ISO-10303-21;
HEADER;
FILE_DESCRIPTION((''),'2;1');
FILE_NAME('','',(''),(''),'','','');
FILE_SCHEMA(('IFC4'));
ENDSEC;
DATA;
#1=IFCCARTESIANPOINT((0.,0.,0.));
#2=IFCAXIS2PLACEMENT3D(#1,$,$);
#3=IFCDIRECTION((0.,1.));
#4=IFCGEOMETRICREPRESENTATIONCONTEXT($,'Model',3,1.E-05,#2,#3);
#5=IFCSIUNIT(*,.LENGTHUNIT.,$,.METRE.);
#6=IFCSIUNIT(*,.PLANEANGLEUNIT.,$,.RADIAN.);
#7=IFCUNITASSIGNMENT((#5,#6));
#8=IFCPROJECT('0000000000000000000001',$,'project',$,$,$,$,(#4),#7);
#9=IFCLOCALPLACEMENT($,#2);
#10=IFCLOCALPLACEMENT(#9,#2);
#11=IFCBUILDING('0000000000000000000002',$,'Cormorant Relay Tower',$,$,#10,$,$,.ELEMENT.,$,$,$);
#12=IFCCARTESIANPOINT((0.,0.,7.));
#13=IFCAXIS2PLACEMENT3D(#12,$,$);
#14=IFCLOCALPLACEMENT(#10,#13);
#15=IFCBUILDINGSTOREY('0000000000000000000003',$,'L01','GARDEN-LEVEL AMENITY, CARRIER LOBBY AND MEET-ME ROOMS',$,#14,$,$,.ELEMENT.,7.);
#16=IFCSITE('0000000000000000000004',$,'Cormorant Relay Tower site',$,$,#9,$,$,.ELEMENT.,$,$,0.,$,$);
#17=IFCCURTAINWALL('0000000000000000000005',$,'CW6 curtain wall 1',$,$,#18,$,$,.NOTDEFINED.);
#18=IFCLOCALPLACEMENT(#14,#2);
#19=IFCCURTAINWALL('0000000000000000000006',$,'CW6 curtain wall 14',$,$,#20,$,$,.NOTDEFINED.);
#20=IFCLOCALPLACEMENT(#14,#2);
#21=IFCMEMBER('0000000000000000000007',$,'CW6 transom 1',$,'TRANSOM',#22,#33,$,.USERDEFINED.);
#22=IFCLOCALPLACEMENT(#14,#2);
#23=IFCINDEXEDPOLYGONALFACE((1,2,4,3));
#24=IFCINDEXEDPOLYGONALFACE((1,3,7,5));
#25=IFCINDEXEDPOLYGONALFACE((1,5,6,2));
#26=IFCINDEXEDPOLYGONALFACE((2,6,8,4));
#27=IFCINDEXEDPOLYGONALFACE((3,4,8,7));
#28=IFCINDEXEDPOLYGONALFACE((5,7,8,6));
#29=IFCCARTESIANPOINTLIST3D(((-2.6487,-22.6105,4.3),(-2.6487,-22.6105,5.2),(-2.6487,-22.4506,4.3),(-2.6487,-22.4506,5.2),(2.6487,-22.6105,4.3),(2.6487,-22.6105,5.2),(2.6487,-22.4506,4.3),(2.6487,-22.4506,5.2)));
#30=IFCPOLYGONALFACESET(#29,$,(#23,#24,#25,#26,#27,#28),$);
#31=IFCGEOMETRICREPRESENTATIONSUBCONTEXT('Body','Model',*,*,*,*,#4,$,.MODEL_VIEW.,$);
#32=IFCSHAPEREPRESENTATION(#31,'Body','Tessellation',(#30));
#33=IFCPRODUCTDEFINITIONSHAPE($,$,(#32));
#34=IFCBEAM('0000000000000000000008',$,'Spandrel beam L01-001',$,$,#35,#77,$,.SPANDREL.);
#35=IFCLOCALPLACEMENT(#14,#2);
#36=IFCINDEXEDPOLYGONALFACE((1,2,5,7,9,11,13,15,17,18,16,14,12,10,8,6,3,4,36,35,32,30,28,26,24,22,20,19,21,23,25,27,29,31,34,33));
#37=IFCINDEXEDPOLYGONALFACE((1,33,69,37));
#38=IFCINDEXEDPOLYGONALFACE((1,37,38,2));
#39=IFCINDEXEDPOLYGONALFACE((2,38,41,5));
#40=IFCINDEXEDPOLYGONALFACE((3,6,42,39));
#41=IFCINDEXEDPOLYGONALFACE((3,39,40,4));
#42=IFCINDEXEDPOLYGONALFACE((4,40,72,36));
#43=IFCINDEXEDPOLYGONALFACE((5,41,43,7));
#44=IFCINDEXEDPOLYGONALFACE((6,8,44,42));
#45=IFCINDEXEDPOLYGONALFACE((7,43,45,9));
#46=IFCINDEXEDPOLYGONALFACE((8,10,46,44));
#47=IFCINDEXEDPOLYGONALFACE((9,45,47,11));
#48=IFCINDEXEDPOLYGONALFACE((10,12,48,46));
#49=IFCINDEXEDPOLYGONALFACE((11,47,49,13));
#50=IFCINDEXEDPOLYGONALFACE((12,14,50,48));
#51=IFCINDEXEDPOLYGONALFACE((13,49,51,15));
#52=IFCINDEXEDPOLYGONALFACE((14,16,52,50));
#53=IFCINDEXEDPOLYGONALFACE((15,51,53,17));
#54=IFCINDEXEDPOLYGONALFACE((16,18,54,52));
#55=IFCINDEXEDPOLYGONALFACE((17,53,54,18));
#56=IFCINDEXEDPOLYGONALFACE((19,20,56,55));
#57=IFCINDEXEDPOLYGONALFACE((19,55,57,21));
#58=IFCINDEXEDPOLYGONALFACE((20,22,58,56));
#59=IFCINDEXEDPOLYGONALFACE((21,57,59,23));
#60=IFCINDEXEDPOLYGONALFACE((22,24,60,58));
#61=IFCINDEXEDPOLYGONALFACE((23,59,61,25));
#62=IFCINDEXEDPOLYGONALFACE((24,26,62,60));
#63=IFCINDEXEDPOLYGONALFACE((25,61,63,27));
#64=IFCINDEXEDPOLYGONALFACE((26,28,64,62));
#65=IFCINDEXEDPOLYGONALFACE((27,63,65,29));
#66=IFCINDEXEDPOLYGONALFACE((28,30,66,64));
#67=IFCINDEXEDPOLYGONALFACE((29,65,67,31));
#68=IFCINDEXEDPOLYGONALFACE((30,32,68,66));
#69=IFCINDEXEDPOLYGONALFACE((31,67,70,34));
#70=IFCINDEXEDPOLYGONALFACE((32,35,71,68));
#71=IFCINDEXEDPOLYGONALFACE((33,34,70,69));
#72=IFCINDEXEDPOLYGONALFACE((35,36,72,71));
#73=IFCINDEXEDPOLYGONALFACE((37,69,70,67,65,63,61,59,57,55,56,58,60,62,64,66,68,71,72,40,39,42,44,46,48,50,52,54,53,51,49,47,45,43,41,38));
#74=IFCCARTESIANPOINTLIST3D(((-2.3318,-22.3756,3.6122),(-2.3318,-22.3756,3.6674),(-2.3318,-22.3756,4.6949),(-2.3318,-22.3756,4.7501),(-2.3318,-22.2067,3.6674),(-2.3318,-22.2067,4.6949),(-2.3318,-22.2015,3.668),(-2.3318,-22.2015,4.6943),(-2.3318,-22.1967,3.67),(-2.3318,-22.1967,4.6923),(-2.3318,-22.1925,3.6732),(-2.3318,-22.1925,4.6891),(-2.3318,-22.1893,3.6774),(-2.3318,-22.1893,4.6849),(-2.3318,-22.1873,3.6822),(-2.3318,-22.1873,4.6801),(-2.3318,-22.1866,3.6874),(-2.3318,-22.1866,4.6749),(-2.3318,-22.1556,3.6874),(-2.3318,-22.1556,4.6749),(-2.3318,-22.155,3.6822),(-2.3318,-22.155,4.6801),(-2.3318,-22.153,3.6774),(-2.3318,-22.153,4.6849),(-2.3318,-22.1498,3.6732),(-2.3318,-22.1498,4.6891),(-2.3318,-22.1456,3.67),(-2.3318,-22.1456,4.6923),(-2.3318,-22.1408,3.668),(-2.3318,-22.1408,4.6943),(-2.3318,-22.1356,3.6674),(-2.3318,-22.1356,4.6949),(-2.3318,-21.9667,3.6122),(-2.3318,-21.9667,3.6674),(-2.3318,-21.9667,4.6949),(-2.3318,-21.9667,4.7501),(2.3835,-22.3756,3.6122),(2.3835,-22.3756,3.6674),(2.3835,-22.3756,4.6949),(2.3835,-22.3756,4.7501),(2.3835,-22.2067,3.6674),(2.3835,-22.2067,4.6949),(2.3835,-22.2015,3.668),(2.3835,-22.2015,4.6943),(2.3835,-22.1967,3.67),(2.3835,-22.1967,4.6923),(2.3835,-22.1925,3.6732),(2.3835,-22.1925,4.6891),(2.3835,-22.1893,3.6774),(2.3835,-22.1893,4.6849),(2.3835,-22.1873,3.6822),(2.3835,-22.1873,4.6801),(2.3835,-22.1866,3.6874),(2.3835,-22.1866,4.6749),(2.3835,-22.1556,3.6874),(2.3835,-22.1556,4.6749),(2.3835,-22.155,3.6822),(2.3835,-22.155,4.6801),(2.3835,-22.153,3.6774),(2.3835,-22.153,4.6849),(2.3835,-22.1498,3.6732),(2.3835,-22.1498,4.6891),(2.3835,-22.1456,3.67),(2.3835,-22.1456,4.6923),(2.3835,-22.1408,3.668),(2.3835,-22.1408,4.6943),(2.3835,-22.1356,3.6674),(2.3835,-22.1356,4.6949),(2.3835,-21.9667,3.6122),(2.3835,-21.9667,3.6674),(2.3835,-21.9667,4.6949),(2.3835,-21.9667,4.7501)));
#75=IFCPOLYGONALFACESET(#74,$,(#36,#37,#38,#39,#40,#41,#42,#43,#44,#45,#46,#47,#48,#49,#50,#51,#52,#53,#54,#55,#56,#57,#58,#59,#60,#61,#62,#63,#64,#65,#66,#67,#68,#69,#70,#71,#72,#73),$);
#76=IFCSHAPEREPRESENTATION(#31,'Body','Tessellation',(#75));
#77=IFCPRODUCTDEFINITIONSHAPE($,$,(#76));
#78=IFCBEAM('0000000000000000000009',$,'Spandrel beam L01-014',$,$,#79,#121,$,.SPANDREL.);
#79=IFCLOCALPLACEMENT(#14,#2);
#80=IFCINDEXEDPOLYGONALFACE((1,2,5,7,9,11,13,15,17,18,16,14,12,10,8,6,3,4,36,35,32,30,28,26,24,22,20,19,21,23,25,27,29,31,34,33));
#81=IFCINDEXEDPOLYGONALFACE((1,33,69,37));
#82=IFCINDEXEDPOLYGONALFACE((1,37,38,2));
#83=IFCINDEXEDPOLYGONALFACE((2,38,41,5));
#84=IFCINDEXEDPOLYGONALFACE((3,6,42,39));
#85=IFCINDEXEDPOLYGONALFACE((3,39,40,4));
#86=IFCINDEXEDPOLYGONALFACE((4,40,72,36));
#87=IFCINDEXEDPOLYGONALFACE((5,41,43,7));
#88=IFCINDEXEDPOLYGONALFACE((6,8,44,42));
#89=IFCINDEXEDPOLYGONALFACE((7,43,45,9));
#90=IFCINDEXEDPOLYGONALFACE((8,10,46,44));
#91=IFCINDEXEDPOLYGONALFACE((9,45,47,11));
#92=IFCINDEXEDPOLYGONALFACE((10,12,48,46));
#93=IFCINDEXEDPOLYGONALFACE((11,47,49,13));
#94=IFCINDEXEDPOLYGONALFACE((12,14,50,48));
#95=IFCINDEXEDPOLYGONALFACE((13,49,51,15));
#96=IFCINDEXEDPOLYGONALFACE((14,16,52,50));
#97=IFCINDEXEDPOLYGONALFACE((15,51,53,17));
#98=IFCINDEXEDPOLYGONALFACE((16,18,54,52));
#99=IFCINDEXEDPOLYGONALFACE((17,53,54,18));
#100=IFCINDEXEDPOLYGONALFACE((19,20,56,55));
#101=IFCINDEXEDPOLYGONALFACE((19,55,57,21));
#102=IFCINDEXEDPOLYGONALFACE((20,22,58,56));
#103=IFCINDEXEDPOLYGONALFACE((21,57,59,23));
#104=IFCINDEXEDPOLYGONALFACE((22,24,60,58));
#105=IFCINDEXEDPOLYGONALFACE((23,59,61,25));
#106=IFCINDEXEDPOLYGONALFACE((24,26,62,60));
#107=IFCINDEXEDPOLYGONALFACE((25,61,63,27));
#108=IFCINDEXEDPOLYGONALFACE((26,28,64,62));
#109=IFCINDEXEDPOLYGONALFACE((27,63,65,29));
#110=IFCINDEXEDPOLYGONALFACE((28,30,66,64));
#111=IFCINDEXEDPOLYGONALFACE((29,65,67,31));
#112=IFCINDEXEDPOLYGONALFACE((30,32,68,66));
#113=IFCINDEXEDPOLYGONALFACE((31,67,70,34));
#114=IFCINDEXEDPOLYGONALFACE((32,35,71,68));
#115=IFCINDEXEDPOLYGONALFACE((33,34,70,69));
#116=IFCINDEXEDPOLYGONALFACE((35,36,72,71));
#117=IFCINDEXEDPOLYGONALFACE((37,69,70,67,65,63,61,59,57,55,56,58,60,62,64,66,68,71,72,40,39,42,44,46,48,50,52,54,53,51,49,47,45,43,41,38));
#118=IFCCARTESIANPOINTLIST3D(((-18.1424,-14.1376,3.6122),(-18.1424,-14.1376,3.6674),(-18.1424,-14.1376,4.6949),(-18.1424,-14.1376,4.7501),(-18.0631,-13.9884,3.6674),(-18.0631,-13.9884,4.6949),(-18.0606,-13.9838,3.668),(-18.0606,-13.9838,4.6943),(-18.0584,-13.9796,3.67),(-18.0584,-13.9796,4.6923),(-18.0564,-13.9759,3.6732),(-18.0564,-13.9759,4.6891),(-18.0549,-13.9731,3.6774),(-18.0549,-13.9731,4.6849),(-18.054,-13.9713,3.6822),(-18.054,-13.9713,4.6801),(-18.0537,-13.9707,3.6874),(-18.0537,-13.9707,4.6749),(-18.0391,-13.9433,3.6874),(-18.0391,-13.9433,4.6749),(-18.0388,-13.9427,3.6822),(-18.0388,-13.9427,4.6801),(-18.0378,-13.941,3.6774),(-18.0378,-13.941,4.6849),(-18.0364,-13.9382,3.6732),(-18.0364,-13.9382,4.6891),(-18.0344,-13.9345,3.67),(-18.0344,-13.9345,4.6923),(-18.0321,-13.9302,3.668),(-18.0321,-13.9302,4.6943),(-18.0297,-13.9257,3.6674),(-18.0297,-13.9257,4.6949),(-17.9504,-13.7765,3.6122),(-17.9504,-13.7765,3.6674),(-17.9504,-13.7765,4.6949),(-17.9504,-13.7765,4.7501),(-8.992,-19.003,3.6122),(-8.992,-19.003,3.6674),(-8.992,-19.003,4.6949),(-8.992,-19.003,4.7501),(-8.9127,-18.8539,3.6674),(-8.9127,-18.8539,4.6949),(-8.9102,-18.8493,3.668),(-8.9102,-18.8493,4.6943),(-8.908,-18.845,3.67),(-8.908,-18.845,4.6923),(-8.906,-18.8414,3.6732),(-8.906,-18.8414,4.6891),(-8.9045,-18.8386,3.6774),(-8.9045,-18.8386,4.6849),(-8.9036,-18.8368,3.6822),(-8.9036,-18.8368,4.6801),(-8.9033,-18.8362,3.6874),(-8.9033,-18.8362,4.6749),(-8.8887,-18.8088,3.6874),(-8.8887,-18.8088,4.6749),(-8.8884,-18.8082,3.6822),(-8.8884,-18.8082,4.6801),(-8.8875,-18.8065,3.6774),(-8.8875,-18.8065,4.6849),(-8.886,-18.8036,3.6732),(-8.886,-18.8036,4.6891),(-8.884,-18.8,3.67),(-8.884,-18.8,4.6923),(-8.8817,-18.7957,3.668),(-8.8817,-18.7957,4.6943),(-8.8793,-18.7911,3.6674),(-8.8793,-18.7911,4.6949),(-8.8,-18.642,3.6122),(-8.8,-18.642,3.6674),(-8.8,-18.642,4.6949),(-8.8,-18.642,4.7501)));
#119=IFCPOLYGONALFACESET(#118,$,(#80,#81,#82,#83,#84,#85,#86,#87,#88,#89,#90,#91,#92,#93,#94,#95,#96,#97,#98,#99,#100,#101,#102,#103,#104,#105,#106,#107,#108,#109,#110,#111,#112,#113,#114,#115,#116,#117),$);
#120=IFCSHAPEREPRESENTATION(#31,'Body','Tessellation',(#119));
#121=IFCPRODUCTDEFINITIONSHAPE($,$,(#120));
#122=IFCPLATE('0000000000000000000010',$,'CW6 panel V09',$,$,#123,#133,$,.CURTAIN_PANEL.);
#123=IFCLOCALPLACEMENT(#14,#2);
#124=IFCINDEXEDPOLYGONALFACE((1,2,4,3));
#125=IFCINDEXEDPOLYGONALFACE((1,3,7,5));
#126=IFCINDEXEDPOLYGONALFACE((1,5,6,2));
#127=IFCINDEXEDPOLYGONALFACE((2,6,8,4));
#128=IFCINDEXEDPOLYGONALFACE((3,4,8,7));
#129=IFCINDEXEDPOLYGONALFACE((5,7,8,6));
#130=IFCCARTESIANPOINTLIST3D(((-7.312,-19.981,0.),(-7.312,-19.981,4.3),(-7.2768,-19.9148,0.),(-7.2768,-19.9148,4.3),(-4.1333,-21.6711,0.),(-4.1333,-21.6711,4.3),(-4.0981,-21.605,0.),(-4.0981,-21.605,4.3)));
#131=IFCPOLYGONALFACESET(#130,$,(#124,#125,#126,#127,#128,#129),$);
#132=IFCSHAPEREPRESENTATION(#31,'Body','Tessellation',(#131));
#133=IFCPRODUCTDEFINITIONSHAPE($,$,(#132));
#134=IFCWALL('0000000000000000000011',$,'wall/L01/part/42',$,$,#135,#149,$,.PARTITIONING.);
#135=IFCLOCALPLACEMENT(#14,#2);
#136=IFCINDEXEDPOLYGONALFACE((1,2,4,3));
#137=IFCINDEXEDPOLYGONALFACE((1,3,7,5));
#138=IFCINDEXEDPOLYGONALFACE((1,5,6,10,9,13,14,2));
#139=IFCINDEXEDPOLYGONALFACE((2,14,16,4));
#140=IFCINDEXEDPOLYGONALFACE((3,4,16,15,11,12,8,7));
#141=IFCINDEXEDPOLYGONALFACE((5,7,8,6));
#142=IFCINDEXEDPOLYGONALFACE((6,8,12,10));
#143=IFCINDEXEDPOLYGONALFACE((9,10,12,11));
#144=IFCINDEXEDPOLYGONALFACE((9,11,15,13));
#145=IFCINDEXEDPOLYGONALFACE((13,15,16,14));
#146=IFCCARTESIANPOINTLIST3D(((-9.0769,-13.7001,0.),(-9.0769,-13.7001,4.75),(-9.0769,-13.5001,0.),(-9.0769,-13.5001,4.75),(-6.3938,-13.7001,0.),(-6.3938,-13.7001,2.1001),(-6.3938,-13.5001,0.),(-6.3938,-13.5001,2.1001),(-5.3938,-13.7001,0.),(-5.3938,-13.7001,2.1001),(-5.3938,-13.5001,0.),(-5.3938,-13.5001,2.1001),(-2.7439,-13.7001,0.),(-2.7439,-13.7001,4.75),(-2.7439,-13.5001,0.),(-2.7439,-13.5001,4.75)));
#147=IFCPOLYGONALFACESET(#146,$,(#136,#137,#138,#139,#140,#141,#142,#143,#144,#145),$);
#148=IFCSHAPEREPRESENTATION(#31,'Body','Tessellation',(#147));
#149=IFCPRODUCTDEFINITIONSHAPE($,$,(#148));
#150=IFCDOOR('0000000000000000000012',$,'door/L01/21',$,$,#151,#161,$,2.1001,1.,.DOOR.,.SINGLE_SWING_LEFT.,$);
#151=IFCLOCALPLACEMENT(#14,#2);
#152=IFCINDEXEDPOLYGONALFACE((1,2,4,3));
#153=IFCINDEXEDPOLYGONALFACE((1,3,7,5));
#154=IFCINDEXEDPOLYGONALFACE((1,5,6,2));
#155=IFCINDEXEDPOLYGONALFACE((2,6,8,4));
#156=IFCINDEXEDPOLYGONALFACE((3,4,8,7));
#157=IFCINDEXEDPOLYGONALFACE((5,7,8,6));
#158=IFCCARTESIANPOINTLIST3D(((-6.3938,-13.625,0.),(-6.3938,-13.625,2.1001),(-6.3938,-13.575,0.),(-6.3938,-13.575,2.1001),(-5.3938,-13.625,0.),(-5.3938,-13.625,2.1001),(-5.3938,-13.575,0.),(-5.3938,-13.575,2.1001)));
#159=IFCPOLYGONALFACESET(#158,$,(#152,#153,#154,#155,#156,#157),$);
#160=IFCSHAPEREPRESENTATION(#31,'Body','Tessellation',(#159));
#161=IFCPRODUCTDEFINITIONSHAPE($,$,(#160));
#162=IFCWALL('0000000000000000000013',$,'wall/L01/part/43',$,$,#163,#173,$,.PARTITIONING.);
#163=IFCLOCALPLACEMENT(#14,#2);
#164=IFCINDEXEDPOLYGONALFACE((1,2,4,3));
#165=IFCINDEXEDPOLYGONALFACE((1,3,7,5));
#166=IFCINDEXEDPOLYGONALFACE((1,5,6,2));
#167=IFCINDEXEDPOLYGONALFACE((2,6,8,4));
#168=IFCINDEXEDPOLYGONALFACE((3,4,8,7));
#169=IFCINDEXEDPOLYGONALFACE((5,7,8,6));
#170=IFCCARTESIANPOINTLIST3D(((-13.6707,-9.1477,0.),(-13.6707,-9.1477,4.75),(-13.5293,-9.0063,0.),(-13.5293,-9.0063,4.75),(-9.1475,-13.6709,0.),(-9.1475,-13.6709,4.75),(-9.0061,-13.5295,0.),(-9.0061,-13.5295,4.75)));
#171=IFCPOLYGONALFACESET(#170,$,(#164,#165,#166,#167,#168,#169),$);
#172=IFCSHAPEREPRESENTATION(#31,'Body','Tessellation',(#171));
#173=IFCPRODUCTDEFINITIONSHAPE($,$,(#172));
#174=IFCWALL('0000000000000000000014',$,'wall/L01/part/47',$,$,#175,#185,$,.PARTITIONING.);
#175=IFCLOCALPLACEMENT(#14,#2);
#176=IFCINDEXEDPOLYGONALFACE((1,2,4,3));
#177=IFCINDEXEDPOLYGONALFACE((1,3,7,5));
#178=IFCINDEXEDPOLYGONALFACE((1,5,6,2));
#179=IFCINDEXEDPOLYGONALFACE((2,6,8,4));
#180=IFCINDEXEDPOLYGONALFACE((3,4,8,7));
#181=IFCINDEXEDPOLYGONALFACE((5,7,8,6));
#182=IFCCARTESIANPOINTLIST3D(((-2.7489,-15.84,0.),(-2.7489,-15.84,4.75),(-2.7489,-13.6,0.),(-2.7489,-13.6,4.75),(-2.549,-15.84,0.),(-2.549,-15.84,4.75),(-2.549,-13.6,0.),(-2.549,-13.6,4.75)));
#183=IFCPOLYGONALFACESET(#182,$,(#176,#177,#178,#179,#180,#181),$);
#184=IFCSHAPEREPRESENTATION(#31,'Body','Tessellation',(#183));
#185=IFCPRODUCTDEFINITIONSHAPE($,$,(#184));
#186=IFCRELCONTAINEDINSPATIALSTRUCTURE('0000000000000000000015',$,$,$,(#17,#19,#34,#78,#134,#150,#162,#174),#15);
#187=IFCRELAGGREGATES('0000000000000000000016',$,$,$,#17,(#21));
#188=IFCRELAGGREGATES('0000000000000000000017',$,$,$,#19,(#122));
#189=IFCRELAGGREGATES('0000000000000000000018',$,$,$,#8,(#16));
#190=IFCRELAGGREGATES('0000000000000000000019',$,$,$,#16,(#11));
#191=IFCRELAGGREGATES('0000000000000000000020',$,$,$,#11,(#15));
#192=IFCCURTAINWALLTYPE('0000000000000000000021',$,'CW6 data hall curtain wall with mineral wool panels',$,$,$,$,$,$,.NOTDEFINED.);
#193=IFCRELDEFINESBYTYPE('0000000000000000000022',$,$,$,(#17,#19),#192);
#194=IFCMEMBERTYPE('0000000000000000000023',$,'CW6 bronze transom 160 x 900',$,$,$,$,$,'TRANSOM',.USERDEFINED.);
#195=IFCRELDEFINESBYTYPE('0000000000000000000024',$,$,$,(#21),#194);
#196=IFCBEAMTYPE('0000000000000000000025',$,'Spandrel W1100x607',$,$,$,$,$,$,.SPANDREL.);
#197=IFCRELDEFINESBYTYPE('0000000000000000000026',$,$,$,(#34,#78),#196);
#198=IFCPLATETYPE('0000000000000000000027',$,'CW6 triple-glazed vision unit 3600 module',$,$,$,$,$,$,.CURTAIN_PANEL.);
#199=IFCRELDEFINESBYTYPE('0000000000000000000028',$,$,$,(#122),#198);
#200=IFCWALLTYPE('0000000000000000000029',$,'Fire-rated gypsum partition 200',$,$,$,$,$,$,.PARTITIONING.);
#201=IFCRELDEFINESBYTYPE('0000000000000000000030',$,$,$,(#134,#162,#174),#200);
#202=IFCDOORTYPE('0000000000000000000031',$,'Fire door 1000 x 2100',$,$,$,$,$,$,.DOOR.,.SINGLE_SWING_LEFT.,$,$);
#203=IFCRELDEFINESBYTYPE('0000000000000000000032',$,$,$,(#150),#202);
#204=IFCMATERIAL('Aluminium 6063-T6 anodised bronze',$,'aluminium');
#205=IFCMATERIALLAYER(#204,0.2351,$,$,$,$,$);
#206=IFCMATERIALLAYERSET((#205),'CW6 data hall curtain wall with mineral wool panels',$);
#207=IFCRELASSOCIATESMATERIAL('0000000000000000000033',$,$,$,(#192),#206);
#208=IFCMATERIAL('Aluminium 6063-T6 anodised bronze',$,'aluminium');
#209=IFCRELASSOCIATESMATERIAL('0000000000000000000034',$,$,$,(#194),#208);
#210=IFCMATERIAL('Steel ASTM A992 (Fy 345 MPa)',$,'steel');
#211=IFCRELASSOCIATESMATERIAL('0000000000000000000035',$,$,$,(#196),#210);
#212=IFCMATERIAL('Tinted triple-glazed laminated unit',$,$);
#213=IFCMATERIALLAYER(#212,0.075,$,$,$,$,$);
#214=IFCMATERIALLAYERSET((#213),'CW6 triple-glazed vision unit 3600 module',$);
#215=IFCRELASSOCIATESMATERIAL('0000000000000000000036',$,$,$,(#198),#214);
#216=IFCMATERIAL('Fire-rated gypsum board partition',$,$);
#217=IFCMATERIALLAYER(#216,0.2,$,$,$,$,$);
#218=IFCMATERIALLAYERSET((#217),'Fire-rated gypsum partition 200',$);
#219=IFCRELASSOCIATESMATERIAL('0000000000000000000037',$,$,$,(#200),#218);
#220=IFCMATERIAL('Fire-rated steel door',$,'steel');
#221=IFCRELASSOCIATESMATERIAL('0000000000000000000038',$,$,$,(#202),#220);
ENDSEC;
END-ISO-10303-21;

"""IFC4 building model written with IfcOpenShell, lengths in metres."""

from ifc_helpers import new_model, si_unit, direction, frame, frame_2d, origin, origin_2d, place, context, subcontext, project, spatial, rectangle, i_section, extrude, material, layer, layer_set, material_profile, profile_set, type_object, element, fill, aggregate, save


model = new_model("IFC4")

# Units and contexts
model_context = context("Model", 3, precision=1e-05, world=origin(), true_north=direction((0.0, 1.0)))
body_context = subcontext(model_context, "Body", "Model", "MODEL_VIEW")
ifc_project = project(units=[si_unit("LENGTHUNIT", "METRE"), si_unit("PLANEANGLEUNIT", "RADIAN")], contexts=[model_context])

# Site, building, storey
site_placement = place(None, origin())
site = spatial("IfcSite", under=ifc_project, at=site_placement, Name="Cormorant Relay Tower site", CompositionType="ELEMENT", RefElevation=0.0)
building_placement = place(site_placement, origin())
building = spatial("IfcBuilding", under=site, at=building_placement, Name="Cormorant Relay Tower", CompositionType="ELEMENT")
storey_placement = place(building_placement, frame((0.0, 0.0, 7.0)))
storey = spatial("IfcBuildingStorey", under=building, at=storey_placement, Name="L01", Description="GARDEN-LEVEL AMENITY, CARRIER LOBBY AND MEET-ME ROOMS", CompositionType="ELEMENT", Elevation=7.0)

# Curtain wall
ifc_material_1 = material(Name="Aluminium 6063-T6 anodised bronze", Category="aluminium")
ifc_layer_1 = layer(ifc_material_1, 0.2351)
ifc_layer_set_1 = layer_set([ifc_layer_1], Name="CW6 data hall curtain wall with mineral wool panels")
curtain_wall_type = type_object("IfcCurtainWallType", Name="CW6 data hall curtain wall with mineral wool panels", PredefinedType="NOTDEFINED", material=ifc_layer_set_1)
curtain_wall_1_placement = place(storey_placement, origin())
curtain_wall_1 = element("IfcCurtainWall", 1, at=curtain_wall_1_placement, inside=storey, type_object=curtain_wall_type, Name="CW6 curtain wall 1", PredefinedType="NOTDEFINED")

# Curtain wall
curtain_wall_2_placement = place(storey_placement, origin())
curtain_wall_2 = element("IfcCurtainWall", 2, at=curtain_wall_2_placement, inside=storey, type_object=curtain_wall_type, Name="CW6 curtain wall 14", PredefinedType="NOTDEFINED")

# Member
ifc_material_2 = material(Name="Aluminium 6063-T6 anodised bronze", Category="aluminium")
ifc_material_profile_1 = material_profile(ifc_material_2, rectangle(XDim=0.1599, YDim=0.8999, at=origin_2d()), Name="AL 160x900")
ifc_profile_set_1 = profile_set([ifc_material_profile_1], Name="Aluminium 6063-T6 anodised bronze")
member_type_1 = type_object("IfcMemberType", Name="CW6 bronze transom 160 x 900", ElementType="TRANSOM", PredefinedType="USERDEFINED", material=ifc_profile_set_1)
member_1_placement = place(storey_placement, frame((-2.6487, -22.5305, 4.75), z_axis=(1.0, 0.0, 0.0), x_axis=(0.0, 1.0, 0.0)))
member_1 = element("IfcMember", 3, at=member_1_placement, type_object=member_type_1, Name="CW6 transom 1", ObjectType="TRANSOM", PredefinedType="USERDEFINED", context=body_context, shape_type="SweptSolid", body=[
    extrude(rectangle(XDim=0.1599, YDim=0.8999, at=origin_2d()), origin(), (0.0, 0.0, 1.0), 5.2974),
])

# Beams
ifc_material_3 = material(Name="Steel ASTM A992 (Fy 345 MPa)", Category="steel")
ifc_material_profile_2 = material_profile(ifc_material_3, i_section(OverallWidth=0.4089, OverallDepth=1.1379, WebThickness=0.031, FlangeThickness=0.0552, FilletRadius=0.02, at=origin_2d()), Name="W1100x607")
ifc_profile_set_2 = profile_set([ifc_material_profile_2], Name="Steel ASTM A992 (Fy 345 MPa)")
beam_type = type_object("IfcBeamType", Name="Spandrel W1100x607", PredefinedType="SPANDREL", material=ifc_profile_set_2)
beam_1_placement = place(storey_placement, frame((-2.3318, -22.1711, 4.1812), z_axis=(1.0, 0.0, 0.0), x_axis=(0.0, 1.0, 0.0)))
element("IfcBeam", 4, at=beam_1_placement, inside=storey, type_object=beam_type, Name="Spandrel beam L01-001", PredefinedType="SPANDREL", context=body_context, shape_type="SweptSolid", body=[
    extrude(i_section(OverallWidth=0.4089, OverallDepth=1.1379, WebThickness=0.031, FlangeThickness=0.0552, FilletRadius=0.02, at=origin_2d()), origin(), (0.0, 0.0, 1.0), 4.7153),
])
beam_2_placement = place(storey_placement, frame((-18.0464, -13.957, 4.1812), z_axis=(0.882942, -0.469481, 0.0), x_axis=(0.469481, 0.882942, 0.0)))
element("IfcBeam", 5, at=beam_2_placement, inside=storey, type_object=beam_type, Name="Spandrel beam L01-014", PredefinedType="SPANDREL", context=body_context, shape_type="SweptSolid", body=[
    extrude(i_section(OverallWidth=0.4089, OverallDepth=1.1379, WebThickness=0.031, FlangeThickness=0.0552, FilletRadius=0.02, at=origin_2d()), origin(), (0.0, 0.0, 1.0), 10.3635),
])

# Plate
ifc_material_4 = material(Name="Tinted triple-glazed laminated unit")
ifc_layer_2 = layer(ifc_material_4, 0.075)
ifc_layer_set_2 = layer_set([ifc_layer_2], Name="CW6 triple-glazed vision unit 3600 module")
plate_type = type_object("IfcPlateType", Name="CW6 triple-glazed vision unit 3600 module", PredefinedType="CURTAIN_PANEL", material=ifc_layer_set_2)
plate_placement = place(storey_placement, frame((-5.7051, -20.793, 0.0), z_axis=(0.0, 0.0, 1.0), x_axis=(0.882948, -0.469472, 0.0)))
plate = element("IfcPlate", 6, at=plate_placement, type_object=plate_type, Name="CW6 panel V09", PredefinedType="CURTAIN_PANEL", context=body_context, shape_type="SweptSolid", body=[
    extrude(rectangle(XDim=3.6001, YDim=0.075, at=origin_2d()), origin(), (0.0, 0.0, 1.0), 4.3),
])

# Wall, opening, door
ifc_material_5 = material(Name="Fire-rated gypsum board partition")
ifc_layer_3 = layer(ifc_material_5, 0.2)
ifc_layer_set_3 = layer_set([ifc_layer_3], Name="Fire-rated gypsum partition 200")
wall_type_1 = type_object("IfcWallType", Name="Fire-rated gypsum partition 200", PredefinedType="PARTITIONING", material=ifc_layer_set_3)
wall_1_placement = place(storey_placement, frame((-2.7439, -13.6001, 0.0), z_axis=(0.0, 0.0, 1.0), x_axis=(-1.0, 0.0, 0.0)))
wall_1 = element("IfcWall", 7, at=wall_1_placement, inside=storey, type_object=wall_type_1, Name="wall/L01/part/42", PredefinedType="PARTITIONING", context=body_context, shape_type="SweptSolid", body=[
    extrude(rectangle(XDim=6.333, YDim=0.2, at=frame_2d((3.1665, 0.0))), origin(), (0.0, 0.0, 1.0), 4.75),
])
opening_1_placement = place(wall_1_placement, frame((2.6499, 0.0, 0.0)))
opening_1 = element("IfcOpeningElement", 8, at=opening_1_placement, cuts=wall_1, PredefinedType="OPENING", context=body_context, shape_type="SweptSolid", body=[
    extrude(rectangle(XDim=1.0, YDim=2.1001, at=frame_2d((0.5, 1.05))), frame((0.0, 0.1099, 0.0), z_axis=(0.0, -1.0, 0.0), x_axis=(1.0, 0.0, 0.0)), (0.0, 0.0, 1.0), 0.22),
])
ifc_material_6 = material(Name="Fire-rated steel door", Category="steel")
door_type_1 = type_object("IfcDoorType", Name="Fire door 1000 x 2100", OperationType="SINGLE_SWING_LEFT", PredefinedType="DOOR", material=ifc_material_6)
door_1_placement = place(opening_1_placement, origin())
door_1 = element("IfcDoor", 9, at=door_1_placement, inside=storey, type_object=door_type_1, Name="door/L01/21", OperationType="SINGLE_SWING_LEFT", OverallHeight=2.1001, OverallWidth=1.0, PredefinedType="DOOR", context=body_context, shape_type="SweptSolid", body=[
    extrude(rectangle(XDim=1.0, YDim=2.1001, at=frame_2d((0.5, 1.05))), frame((0.0, 0.0249, 0.0), z_axis=(0.0, -1.0, 0.0), x_axis=(1.0, 0.0, 0.0)), (0.0, 0.0, 1.0), 0.05),
])
fill(opening_1, door_1)

# Walls
wall_2_placement = place(storey_placement, frame((-9.0769, -13.6001, 0.0), z_axis=(0.0, 0.0, 1.0), x_axis=(-0.707107, 0.707107, 0.0)))
element("IfcWall", 10, at=wall_2_placement, inside=storey, type_object=wall_type_1, Name="wall/L01/part/43", PredefinedType="PARTITIONING", context=body_context, shape_type="SweptSolid", body=[
    extrude(rectangle(XDim=6.3967, YDim=0.2, at=frame_2d((3.1982, 0.0))), origin(), (0.0, 0.0, 1.0), 4.75),
])
wall_3_placement = place(storey_placement, frame((-2.6489, -15.8401, 0.0), z_axis=(0.0, 0.0, 1.0), x_axis=(0.0, 1.0, 0.0)))
element("IfcWall", 11, at=wall_3_placement, inside=storey, type_object=wall_type_1, Name="wall/L01/part/47", PredefinedType="PARTITIONING", context=body_context, shape_type="SweptSolid", body=[
    extrude(rectangle(XDim=2.24, YDim=0.2, at=frame_2d((1.1201, 0.0))), origin(), (0.0, 0.0, 1.0), 4.75),
])

aggregate(curtain_wall_1, [member_1])
aggregate(curtain_wall_2, [plate])

save(model, "model.ifc")
